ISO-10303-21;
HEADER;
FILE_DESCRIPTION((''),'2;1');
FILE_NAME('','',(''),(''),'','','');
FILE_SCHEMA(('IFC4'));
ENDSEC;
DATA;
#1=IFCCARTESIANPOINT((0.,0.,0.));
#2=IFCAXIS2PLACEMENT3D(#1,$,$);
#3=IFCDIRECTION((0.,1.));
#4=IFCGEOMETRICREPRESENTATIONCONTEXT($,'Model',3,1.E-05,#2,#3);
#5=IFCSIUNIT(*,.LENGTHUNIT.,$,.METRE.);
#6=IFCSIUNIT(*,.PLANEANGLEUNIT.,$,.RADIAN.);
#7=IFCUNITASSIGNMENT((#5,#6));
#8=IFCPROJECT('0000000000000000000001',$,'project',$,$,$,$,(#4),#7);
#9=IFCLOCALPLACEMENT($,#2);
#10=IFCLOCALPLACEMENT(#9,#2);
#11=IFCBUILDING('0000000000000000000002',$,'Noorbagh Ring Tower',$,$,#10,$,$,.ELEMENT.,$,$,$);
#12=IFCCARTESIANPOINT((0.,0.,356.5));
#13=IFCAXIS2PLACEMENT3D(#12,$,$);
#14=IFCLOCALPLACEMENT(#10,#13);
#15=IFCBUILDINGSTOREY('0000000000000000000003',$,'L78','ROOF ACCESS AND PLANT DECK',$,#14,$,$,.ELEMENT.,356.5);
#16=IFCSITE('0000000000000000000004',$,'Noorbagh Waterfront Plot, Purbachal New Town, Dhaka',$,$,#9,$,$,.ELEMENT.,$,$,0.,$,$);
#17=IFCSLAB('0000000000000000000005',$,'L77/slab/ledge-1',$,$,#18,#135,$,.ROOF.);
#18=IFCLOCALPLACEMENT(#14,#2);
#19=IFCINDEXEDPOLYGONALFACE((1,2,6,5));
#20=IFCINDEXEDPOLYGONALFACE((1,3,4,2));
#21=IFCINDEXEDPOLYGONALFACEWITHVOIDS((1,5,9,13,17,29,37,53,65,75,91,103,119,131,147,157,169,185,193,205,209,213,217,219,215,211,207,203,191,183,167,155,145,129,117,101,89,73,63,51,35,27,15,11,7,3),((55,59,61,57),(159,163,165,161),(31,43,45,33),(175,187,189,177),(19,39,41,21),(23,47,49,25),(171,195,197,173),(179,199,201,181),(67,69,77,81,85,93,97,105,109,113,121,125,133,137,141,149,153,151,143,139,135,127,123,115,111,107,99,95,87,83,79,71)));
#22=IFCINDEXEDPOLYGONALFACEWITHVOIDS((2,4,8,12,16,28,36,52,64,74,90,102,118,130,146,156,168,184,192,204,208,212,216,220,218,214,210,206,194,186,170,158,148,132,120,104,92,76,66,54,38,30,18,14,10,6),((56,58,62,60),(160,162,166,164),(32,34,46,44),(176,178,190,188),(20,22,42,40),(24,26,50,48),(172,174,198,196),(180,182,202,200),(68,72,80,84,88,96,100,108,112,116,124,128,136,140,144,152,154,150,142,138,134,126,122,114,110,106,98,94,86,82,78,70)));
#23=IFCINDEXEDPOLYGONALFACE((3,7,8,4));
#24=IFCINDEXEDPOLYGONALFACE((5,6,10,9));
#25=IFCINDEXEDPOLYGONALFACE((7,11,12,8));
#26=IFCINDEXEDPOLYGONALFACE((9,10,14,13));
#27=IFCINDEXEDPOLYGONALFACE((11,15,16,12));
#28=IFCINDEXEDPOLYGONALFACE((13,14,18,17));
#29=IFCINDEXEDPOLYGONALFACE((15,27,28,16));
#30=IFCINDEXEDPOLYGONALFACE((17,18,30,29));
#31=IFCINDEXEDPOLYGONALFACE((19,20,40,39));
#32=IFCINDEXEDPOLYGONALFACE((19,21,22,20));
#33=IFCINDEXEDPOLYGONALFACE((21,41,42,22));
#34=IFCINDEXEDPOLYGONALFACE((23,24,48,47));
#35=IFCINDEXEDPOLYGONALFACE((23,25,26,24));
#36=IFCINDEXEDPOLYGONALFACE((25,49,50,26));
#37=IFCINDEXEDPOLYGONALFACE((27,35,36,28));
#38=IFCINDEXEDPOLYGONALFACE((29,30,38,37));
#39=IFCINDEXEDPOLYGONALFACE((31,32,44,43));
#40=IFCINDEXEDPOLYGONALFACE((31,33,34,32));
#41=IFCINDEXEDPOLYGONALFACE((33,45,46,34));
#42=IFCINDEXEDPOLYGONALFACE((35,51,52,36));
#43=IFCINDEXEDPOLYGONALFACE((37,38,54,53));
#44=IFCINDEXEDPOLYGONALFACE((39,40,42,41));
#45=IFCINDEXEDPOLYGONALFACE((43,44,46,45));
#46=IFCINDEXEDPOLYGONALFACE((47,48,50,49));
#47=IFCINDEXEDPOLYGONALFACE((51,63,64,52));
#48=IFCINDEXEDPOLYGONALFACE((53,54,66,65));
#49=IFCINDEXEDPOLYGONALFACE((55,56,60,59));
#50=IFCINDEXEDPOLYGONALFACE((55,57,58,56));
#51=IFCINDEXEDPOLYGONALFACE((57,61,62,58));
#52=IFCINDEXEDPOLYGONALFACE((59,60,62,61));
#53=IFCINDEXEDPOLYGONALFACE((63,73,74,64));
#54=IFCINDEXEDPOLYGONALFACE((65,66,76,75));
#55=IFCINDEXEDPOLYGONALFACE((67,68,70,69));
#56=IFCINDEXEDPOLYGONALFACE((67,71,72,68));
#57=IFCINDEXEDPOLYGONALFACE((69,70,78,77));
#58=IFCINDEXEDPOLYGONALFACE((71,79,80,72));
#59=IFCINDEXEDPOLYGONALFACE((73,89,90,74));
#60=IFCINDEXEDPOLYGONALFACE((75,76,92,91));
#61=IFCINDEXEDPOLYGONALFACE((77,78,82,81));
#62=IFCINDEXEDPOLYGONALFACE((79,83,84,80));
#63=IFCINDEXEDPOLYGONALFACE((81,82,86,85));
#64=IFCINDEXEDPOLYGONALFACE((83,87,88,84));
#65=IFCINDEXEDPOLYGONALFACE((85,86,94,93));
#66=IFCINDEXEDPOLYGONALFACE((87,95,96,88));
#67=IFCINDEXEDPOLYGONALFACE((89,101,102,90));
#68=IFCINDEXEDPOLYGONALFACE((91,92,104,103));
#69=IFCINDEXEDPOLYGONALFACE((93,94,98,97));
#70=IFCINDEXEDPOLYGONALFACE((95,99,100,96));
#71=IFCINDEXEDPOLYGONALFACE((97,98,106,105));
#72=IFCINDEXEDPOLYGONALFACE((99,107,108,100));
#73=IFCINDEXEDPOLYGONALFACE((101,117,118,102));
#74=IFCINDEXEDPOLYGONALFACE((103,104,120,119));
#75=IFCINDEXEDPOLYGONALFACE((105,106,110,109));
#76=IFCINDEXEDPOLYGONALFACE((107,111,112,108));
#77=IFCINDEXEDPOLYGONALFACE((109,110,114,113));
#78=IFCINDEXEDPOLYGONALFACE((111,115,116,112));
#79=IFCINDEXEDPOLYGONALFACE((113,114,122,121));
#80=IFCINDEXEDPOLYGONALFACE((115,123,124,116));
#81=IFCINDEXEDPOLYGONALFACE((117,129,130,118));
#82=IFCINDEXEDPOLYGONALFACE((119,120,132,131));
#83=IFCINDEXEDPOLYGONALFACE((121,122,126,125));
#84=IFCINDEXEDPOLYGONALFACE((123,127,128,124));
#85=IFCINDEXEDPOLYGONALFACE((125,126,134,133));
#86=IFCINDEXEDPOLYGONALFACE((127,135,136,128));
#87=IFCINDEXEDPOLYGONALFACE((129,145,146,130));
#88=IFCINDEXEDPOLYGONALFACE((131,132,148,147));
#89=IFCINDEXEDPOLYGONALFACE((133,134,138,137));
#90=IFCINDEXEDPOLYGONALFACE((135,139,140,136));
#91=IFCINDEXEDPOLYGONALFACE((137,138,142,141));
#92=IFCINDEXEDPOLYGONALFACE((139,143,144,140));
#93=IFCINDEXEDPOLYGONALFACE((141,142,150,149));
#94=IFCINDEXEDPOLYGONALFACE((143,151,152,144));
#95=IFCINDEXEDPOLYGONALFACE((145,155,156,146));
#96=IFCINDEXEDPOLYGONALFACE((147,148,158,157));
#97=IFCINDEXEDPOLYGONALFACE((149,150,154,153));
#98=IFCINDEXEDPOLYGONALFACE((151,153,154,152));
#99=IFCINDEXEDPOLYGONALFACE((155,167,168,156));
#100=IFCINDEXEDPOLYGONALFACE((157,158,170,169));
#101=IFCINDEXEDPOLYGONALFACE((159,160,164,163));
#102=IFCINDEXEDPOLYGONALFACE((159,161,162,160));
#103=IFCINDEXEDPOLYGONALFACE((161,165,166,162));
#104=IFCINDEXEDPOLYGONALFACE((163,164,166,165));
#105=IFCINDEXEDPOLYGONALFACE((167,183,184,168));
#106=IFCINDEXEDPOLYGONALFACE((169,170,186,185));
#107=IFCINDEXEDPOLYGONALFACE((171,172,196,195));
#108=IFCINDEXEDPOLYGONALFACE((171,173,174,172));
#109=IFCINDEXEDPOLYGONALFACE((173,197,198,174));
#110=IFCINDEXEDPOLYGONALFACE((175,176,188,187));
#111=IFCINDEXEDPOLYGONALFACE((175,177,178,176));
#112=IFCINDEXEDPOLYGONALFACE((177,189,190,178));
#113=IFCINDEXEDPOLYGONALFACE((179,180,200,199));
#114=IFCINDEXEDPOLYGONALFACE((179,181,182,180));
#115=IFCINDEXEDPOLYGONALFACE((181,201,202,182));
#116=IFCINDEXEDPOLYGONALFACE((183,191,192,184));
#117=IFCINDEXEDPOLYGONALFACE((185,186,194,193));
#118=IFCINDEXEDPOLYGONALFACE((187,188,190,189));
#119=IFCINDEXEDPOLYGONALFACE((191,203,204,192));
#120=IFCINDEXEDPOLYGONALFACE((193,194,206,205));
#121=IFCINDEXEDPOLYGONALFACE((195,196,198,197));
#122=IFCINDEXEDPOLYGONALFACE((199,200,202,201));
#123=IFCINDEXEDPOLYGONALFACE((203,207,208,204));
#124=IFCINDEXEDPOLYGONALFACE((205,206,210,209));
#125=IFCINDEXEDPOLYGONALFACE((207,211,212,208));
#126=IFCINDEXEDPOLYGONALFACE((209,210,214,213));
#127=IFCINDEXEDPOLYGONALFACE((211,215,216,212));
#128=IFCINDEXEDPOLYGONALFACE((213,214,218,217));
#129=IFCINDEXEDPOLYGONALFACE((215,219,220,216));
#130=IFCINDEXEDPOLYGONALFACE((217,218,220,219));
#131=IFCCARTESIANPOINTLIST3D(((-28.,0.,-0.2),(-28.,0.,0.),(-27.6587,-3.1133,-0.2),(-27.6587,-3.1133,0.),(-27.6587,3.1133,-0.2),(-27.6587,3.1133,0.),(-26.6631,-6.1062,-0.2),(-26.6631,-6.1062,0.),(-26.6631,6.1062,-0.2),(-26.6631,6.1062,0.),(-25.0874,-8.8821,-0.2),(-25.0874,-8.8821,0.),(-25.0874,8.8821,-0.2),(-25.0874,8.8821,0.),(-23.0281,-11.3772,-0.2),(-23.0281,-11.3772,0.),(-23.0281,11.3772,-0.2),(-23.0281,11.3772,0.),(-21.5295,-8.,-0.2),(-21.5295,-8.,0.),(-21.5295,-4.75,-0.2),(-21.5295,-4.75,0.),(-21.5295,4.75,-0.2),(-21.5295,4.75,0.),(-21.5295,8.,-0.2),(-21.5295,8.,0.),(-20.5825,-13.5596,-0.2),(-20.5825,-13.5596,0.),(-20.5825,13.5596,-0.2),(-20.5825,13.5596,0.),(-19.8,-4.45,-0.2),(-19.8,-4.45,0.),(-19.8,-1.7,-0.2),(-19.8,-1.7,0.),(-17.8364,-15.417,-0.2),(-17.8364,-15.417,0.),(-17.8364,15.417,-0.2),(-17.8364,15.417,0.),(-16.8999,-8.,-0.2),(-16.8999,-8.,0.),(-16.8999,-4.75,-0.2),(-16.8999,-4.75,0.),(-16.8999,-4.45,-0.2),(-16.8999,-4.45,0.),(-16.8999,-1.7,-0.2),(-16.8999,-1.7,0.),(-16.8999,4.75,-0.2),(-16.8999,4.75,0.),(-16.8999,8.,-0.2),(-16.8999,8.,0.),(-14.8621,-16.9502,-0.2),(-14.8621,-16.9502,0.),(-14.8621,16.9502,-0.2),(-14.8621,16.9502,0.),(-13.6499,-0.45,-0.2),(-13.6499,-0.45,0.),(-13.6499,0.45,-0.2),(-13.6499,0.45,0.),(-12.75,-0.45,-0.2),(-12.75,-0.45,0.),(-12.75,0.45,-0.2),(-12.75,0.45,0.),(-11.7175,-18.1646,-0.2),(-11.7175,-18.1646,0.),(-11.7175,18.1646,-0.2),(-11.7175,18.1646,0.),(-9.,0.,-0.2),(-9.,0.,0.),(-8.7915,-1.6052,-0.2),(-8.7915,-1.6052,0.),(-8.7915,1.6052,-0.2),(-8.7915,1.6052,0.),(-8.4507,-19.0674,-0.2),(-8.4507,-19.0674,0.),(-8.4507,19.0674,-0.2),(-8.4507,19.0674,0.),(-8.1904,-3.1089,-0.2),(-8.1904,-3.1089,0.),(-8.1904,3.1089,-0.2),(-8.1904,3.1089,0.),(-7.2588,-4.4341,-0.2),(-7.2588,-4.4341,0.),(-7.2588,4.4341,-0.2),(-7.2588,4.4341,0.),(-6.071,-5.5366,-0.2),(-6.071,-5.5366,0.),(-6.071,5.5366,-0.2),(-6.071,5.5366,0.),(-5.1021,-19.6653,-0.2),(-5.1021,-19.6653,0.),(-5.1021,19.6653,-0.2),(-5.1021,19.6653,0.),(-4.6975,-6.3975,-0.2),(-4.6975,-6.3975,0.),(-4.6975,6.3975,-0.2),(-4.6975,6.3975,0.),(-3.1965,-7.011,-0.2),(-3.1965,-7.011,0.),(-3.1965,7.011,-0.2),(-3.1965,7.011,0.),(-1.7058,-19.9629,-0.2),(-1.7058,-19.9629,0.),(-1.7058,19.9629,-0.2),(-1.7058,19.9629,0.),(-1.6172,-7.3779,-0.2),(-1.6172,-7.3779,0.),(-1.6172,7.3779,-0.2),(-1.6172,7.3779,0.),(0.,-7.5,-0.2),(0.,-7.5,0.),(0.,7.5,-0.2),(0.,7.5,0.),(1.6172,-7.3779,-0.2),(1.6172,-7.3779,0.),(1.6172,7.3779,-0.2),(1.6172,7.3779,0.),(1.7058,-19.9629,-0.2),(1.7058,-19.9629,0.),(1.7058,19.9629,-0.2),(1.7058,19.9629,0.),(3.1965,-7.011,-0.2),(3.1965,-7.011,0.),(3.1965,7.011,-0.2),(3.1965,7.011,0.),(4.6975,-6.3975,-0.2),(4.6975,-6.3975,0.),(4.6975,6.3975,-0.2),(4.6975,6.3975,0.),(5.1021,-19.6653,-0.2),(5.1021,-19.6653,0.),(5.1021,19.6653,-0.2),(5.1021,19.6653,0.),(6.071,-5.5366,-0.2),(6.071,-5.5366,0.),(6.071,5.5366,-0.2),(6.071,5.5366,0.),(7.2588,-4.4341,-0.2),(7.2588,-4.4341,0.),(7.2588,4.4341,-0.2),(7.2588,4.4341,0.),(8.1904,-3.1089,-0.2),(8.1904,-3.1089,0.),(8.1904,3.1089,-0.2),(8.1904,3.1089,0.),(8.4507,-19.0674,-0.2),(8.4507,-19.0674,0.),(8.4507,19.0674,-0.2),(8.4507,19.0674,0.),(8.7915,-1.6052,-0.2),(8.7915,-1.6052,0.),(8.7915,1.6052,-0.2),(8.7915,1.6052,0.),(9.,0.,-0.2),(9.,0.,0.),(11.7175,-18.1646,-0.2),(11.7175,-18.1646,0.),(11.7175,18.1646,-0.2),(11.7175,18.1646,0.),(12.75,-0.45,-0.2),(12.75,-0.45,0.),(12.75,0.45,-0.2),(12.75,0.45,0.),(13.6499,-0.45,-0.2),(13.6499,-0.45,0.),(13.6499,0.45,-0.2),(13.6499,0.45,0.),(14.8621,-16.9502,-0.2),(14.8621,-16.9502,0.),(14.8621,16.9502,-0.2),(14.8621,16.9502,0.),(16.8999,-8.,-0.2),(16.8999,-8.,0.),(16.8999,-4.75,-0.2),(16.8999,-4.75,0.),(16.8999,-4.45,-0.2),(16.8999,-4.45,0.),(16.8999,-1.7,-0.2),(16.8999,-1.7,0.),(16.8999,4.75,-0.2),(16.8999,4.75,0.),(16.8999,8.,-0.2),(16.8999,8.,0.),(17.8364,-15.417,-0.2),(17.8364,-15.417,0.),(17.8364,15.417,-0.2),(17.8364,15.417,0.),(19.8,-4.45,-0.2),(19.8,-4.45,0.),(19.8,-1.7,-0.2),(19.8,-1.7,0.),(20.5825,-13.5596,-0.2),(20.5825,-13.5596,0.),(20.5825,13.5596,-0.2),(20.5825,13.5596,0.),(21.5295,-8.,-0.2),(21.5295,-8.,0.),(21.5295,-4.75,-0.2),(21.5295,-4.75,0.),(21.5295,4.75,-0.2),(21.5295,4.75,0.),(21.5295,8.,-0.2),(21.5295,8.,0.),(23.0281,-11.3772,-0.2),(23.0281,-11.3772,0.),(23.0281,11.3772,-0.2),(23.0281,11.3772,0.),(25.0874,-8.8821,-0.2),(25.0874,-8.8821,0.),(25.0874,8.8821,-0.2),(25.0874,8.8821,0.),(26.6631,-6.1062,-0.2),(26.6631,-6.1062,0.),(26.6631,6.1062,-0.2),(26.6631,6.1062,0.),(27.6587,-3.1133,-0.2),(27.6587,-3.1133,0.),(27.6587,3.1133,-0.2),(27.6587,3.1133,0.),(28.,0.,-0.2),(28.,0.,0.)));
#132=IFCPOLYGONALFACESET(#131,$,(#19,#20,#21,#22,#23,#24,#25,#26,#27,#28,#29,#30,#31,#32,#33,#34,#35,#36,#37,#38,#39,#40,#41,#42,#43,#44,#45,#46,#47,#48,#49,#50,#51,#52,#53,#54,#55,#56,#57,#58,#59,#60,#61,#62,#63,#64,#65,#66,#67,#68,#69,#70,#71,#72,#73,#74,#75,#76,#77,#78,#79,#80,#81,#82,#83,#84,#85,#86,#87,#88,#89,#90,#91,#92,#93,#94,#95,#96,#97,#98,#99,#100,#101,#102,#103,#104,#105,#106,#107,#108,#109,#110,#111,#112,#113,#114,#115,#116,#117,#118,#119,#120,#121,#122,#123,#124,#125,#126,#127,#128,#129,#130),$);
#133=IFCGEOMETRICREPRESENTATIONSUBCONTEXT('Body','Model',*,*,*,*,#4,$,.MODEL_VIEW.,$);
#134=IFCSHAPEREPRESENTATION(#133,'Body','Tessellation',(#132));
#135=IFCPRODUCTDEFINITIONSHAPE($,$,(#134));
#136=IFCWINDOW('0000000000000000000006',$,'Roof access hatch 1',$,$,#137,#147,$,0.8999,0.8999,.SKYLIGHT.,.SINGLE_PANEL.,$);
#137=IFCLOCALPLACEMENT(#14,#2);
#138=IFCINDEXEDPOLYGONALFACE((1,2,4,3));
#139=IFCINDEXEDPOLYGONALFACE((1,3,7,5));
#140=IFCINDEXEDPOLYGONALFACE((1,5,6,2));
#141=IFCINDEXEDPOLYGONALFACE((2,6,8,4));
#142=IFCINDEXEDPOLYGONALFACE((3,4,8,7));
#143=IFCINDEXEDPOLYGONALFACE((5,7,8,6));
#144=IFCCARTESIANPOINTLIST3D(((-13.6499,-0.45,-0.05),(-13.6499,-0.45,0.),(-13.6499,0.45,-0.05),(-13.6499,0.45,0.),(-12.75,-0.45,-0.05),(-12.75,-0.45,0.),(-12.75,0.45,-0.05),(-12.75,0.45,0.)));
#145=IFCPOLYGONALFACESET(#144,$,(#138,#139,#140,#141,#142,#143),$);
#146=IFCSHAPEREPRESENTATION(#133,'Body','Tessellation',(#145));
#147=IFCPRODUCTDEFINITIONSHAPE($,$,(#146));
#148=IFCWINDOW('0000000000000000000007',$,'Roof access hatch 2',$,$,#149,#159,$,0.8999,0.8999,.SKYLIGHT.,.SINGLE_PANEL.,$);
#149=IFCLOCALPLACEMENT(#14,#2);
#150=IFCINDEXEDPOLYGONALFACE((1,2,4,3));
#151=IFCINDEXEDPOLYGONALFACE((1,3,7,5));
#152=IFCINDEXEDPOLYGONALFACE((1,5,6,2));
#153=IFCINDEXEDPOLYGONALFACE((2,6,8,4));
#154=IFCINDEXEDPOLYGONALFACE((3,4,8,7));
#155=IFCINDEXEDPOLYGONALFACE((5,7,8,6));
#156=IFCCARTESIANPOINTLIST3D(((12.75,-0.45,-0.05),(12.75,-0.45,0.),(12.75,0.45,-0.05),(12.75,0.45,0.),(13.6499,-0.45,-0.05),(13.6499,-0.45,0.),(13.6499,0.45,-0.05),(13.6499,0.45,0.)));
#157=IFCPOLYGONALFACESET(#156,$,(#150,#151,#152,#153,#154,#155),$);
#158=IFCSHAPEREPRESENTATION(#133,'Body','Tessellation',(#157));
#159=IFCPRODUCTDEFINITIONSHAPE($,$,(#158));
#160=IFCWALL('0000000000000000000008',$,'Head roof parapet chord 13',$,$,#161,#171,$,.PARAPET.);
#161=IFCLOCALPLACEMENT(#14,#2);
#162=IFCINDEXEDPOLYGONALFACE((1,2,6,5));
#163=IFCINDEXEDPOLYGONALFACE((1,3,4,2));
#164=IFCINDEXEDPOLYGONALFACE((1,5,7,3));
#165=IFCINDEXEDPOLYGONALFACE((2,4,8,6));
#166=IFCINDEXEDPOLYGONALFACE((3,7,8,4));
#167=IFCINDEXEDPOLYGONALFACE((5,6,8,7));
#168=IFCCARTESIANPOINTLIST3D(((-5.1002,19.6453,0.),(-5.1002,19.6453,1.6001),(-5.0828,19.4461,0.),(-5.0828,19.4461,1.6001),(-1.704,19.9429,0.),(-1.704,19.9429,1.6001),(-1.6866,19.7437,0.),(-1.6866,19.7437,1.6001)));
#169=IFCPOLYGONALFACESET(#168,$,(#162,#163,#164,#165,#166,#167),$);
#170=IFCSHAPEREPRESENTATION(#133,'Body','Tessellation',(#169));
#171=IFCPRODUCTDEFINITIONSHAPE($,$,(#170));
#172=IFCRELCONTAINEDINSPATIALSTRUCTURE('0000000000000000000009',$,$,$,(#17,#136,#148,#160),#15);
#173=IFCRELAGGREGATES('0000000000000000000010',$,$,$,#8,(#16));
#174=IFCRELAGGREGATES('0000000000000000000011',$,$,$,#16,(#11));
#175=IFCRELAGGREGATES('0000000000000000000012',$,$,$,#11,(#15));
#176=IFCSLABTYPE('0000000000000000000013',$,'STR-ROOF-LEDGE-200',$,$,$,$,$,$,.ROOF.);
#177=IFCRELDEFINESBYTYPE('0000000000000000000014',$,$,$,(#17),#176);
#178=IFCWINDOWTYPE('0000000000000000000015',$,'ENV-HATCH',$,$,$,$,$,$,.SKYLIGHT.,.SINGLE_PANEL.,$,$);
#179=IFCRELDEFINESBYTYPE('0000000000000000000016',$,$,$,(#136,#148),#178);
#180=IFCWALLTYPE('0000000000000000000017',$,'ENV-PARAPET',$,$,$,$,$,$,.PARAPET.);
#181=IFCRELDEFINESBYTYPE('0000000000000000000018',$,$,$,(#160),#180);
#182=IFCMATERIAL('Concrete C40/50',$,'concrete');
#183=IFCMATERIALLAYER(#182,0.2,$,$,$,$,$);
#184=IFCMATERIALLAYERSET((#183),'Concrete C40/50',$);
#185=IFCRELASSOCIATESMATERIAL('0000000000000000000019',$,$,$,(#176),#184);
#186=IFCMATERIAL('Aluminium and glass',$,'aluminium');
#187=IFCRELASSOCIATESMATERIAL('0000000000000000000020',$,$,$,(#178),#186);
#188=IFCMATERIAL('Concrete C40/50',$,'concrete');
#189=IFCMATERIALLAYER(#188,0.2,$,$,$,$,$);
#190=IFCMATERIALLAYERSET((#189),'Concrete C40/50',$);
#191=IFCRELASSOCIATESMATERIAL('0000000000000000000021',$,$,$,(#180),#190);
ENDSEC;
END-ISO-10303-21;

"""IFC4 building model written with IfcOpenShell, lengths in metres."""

from ifc_helpers import new_model, si_unit, direction, frame, frame_2d, origin, origin_2d, place, context, subcontext, project, spatial, polyline, rectangle, outline, extrude, material, layer, layer_set, type_object, element, fill, save


model = new_model("IFC4")

# Units and contexts
model_context = context("Model", 3, precision=1e-05, world=origin(), true_north=direction((0.0, 1.0)))
body_context = subcontext(model_context, "Body", "Model", "MODEL_VIEW")
ifc_project = project(units=[si_unit("LENGTHUNIT", "METRE"), si_unit("PLANEANGLEUNIT", "RADIAN")], contexts=[model_context])

# Site, building, storey
site_placement = place(None, origin())
site = spatial("IfcSite", under=ifc_project, at=site_placement, Name="Noorbagh Waterfront Plot, Purbachal New Town, Dhaka", CompositionType="ELEMENT", RefElevation=0.0)
building_placement = place(site_placement, origin())
building = spatial("IfcBuilding", under=site, at=building_placement, Name="Noorbagh Ring Tower", CompositionType="ELEMENT")
storey_placement = place(building_placement, frame((0.0, 0.0, 356.5)))
storey = spatial("IfcBuildingStorey", under=building, at=storey_placement, Name="L78", Description="ROOF ACCESS AND PLANT DECK", CompositionType="ELEMENT", Elevation=356.5)

# Slab, openings, windows
ifc_material_1 = material(Name="Concrete C40/50", Category="concrete")
ifc_layer_1 = layer(ifc_material_1, 0.2)
ifc_layer_set_1 = layer_set([ifc_layer_1], Name="Concrete C40/50")
slab_type_1 = type_object("IfcSlabType", Name="STR-ROOF-LEDGE-200", PredefinedType="ROOF", material=ifc_layer_set_1)
slab_1_placement = place(storey_placement, frame((0.0, 0.0, -0.2)))
slab_1 = element("IfcSlab", 1, at=slab_1_placement, inside=storey, type_object=slab_type_1, Name="L77/slab/ledge-1", PredefinedType="ROOF", context=body_context, shape_type="SweptSolid", body=[
    extrude(outline(polyline([(27.6587, -3.1133), (28.0, 0.0), (27.6587, 3.1133), (26.6631, 6.1062), (25.0874, 8.8821), (23.0281, 11.3772), (20.5825, 13.5596), (17.8364, 15.417), (14.8621, 16.9502), (11.7175, 18.1646), (8.4507, 19.0674), (5.1021, 19.6653), (1.7058, 19.9629), (-1.7058, 19.9629), (-5.1021, 19.6653), (-8.4507, 19.0674), (-11.7175, 18.1646), (-14.8621, 16.9502), (-17.8364, 15.417), (-20.5825, 13.5596), (-23.0281, 11.3772), (-25.0874, 8.8821), (-26.6631, 6.1062), (-27.6587, 3.1133), (-28.0, 0.0), (-27.6587, -3.1133), (-26.6631, -6.1062), (-25.0874, -8.8821), (-23.0281, -11.3772), (-20.5825, -13.5596), (-17.8364, -15.417), (-14.8621, -16.9502), (-11.7175, -18.1646), (-8.4507, -19.0674), (-5.1021, -19.6653), (-1.7058, -19.9629), (1.7058, -19.9629), (5.1021, -19.6653), (8.4507, -19.0674), (11.7175, -18.1646), (14.8621, -16.9502), (17.8364, -15.417), (20.5825, -13.5596), (23.0281, -11.3772), (25.0874, -8.8821), (26.6631, -6.1062), (27.6587, -3.1133)]), holes=[polyline([(9.0, 0.0), (8.7915, -1.6052), (8.1904, -3.1089), (7.2588, -4.4341), (6.071, -5.5366), (4.6975, -6.3975), (3.1965, -7.011), (1.6172, -7.3779), (0.0, -7.5), (-1.6172, -7.3779), (-3.1965, -7.011), (-4.6975, -6.3975), (-6.071, -5.5366), (-7.2588, -4.4341), (-8.1904, -3.1089), (-8.7915, -1.6052), (-9.0, 0.0), (-8.7915, 1.6052), (-8.1904, 3.1089), (-7.2588, 4.4341), (-6.071, 5.5366), (-4.6975, 6.3975), (-3.1965, 7.011), (-1.6172, 7.3779), (0.0, 7.5), (1.6172, 7.3779), (3.1965, 7.011), (4.6975, 6.3975), (6.071, 5.5366), (7.2588, 4.4341), (8.1904, 3.1089), (8.7915, 1.6052), (9.0, 0.0)]), polyline([(16.8999, -4.75), (21.5295, -4.75), (21.5295, -8.0), (16.8999, -8.0), (16.8999, -4.75)]), polyline([(16.8999, 8.0), (21.5295, 8.0), (21.5295, 4.75), (16.8999, 4.75), (16.8999, 8.0)]), polyline([(19.8, -1.7), (19.8, -4.45), (16.8999, -4.45), (16.8999, -1.7), (19.8, -1.7)]), polyline([(-19.8, -1.7), (-16.8999, -1.7), (-16.8999, -4.45), (-19.8, -4.45), (-19.8, -1.7)]), polyline([(-16.8999, -4.75), (-16.8999, -8.0), (-21.5295, -8.0), (-21.5295, -4.75), (-16.8999, -4.75)]), polyline([(-16.8999, 4.75), (-21.5295, 4.75), (-21.5295, 8.0), (-16.8999, 8.0), (-16.8999, 4.75)])]), origin(), (0.0, 0.0, 1.0), 0.2),
])
opening_1_placement = place(slab_1_placement, frame((-13.2, 0.0, 0.0)))
opening_1 = element("IfcOpeningElement", 2, at=opening_1_placement, cuts=slab_1, PredefinedType="OPENING", context=body_context, shape_type="SweptSolid", body=[
    extrude(rectangle(XDim=0.8999, YDim=0.8999, at=origin_2d()), origin(), (0.0, 0.0, 1.0), 0.2),
])
opening_2_placement = place(slab_1_placement, frame((13.2, 0.0, 0.0)))
opening_2 = element("IfcOpeningElement", 3, at=opening_2_placement, cuts=slab_1, PredefinedType="OPENING", context=body_context, shape_type="SweptSolid", body=[
    extrude(rectangle(XDim=0.8999, YDim=0.8999, at=origin_2d()), origin(), (0.0, 0.0, 1.0), 0.2),
])
ifc_material_2 = material(Name="Aluminium and glass", Category="aluminium")
window_type = type_object("IfcWindowType", Name="ENV-HATCH", PartitioningType="SINGLE_PANEL", PredefinedType="SKYLIGHT", material=ifc_material_2)
window_1_placement = place(opening_1_placement, frame((0.0, 0.0, 0.1499)))
window_1 = element("IfcWindow", 4, at=window_1_placement, inside=storey, type_object=window_type, Name="Roof access hatch 1", OverallHeight=0.8999, OverallWidth=0.8999, PartitioningType="SINGLE_PANEL", PredefinedType="SKYLIGHT", context=body_context, shape_type="SweptSolid", body=[
    extrude(rectangle(XDim=0.8999, YDim=0.8999, at=origin_2d()), origin(), (0.0, 0.0, 1.0), 0.05),
])
fill(opening_1, window_1)
window_2_placement = place(opening_2_placement, frame((0.0, 0.0, 0.1499)))
window_2 = element("IfcWindow", 5, at=window_2_placement, inside=storey, type_object=window_type, Name="Roof access hatch 2", OverallHeight=0.8999, OverallWidth=0.8999, PartitioningType="SINGLE_PANEL", PredefinedType="SKYLIGHT", context=body_context, shape_type="SweptSolid", body=[
    extrude(rectangle(XDim=0.8999, YDim=0.8999, at=origin_2d()), origin(), (0.0, 0.0, 1.0), 0.05),
])
fill(opening_2, window_2)

# Wall
ifc_material_3 = material(Name="Concrete C40/50", Category="concrete")
ifc_layer_2 = layer(ifc_material_3, 0.2)
ifc_layer_set_2 = layer_set([ifc_layer_2], Name="Concrete C40/50")
wall_type = type_object("IfcWallType", Name="ENV-PARAPET", PredefinedType="PARAPET", material=ifc_layer_set_2)
wall_placement = place(storey_placement, frame((-1.6953, 19.8433, 0.0), z_axis=(0.0, 0.0, 1.0), x_axis=(-0.996183, -0.087294, 0.0)))
element("IfcWall", 6, at=wall_placement, inside=storey, type_object=wall_type, Name="Head roof parapet chord 13", PredefinedType="PARAPET", context=body_context, shape_type="SweptSolid", body=[
    extrude(rectangle(XDim=3.4092, YDim=0.2, at=frame_2d((1.7046, 0.0))), origin(), (0.0, 0.0, 1.0), 1.6001),
])

save(model, "model.ifc")
